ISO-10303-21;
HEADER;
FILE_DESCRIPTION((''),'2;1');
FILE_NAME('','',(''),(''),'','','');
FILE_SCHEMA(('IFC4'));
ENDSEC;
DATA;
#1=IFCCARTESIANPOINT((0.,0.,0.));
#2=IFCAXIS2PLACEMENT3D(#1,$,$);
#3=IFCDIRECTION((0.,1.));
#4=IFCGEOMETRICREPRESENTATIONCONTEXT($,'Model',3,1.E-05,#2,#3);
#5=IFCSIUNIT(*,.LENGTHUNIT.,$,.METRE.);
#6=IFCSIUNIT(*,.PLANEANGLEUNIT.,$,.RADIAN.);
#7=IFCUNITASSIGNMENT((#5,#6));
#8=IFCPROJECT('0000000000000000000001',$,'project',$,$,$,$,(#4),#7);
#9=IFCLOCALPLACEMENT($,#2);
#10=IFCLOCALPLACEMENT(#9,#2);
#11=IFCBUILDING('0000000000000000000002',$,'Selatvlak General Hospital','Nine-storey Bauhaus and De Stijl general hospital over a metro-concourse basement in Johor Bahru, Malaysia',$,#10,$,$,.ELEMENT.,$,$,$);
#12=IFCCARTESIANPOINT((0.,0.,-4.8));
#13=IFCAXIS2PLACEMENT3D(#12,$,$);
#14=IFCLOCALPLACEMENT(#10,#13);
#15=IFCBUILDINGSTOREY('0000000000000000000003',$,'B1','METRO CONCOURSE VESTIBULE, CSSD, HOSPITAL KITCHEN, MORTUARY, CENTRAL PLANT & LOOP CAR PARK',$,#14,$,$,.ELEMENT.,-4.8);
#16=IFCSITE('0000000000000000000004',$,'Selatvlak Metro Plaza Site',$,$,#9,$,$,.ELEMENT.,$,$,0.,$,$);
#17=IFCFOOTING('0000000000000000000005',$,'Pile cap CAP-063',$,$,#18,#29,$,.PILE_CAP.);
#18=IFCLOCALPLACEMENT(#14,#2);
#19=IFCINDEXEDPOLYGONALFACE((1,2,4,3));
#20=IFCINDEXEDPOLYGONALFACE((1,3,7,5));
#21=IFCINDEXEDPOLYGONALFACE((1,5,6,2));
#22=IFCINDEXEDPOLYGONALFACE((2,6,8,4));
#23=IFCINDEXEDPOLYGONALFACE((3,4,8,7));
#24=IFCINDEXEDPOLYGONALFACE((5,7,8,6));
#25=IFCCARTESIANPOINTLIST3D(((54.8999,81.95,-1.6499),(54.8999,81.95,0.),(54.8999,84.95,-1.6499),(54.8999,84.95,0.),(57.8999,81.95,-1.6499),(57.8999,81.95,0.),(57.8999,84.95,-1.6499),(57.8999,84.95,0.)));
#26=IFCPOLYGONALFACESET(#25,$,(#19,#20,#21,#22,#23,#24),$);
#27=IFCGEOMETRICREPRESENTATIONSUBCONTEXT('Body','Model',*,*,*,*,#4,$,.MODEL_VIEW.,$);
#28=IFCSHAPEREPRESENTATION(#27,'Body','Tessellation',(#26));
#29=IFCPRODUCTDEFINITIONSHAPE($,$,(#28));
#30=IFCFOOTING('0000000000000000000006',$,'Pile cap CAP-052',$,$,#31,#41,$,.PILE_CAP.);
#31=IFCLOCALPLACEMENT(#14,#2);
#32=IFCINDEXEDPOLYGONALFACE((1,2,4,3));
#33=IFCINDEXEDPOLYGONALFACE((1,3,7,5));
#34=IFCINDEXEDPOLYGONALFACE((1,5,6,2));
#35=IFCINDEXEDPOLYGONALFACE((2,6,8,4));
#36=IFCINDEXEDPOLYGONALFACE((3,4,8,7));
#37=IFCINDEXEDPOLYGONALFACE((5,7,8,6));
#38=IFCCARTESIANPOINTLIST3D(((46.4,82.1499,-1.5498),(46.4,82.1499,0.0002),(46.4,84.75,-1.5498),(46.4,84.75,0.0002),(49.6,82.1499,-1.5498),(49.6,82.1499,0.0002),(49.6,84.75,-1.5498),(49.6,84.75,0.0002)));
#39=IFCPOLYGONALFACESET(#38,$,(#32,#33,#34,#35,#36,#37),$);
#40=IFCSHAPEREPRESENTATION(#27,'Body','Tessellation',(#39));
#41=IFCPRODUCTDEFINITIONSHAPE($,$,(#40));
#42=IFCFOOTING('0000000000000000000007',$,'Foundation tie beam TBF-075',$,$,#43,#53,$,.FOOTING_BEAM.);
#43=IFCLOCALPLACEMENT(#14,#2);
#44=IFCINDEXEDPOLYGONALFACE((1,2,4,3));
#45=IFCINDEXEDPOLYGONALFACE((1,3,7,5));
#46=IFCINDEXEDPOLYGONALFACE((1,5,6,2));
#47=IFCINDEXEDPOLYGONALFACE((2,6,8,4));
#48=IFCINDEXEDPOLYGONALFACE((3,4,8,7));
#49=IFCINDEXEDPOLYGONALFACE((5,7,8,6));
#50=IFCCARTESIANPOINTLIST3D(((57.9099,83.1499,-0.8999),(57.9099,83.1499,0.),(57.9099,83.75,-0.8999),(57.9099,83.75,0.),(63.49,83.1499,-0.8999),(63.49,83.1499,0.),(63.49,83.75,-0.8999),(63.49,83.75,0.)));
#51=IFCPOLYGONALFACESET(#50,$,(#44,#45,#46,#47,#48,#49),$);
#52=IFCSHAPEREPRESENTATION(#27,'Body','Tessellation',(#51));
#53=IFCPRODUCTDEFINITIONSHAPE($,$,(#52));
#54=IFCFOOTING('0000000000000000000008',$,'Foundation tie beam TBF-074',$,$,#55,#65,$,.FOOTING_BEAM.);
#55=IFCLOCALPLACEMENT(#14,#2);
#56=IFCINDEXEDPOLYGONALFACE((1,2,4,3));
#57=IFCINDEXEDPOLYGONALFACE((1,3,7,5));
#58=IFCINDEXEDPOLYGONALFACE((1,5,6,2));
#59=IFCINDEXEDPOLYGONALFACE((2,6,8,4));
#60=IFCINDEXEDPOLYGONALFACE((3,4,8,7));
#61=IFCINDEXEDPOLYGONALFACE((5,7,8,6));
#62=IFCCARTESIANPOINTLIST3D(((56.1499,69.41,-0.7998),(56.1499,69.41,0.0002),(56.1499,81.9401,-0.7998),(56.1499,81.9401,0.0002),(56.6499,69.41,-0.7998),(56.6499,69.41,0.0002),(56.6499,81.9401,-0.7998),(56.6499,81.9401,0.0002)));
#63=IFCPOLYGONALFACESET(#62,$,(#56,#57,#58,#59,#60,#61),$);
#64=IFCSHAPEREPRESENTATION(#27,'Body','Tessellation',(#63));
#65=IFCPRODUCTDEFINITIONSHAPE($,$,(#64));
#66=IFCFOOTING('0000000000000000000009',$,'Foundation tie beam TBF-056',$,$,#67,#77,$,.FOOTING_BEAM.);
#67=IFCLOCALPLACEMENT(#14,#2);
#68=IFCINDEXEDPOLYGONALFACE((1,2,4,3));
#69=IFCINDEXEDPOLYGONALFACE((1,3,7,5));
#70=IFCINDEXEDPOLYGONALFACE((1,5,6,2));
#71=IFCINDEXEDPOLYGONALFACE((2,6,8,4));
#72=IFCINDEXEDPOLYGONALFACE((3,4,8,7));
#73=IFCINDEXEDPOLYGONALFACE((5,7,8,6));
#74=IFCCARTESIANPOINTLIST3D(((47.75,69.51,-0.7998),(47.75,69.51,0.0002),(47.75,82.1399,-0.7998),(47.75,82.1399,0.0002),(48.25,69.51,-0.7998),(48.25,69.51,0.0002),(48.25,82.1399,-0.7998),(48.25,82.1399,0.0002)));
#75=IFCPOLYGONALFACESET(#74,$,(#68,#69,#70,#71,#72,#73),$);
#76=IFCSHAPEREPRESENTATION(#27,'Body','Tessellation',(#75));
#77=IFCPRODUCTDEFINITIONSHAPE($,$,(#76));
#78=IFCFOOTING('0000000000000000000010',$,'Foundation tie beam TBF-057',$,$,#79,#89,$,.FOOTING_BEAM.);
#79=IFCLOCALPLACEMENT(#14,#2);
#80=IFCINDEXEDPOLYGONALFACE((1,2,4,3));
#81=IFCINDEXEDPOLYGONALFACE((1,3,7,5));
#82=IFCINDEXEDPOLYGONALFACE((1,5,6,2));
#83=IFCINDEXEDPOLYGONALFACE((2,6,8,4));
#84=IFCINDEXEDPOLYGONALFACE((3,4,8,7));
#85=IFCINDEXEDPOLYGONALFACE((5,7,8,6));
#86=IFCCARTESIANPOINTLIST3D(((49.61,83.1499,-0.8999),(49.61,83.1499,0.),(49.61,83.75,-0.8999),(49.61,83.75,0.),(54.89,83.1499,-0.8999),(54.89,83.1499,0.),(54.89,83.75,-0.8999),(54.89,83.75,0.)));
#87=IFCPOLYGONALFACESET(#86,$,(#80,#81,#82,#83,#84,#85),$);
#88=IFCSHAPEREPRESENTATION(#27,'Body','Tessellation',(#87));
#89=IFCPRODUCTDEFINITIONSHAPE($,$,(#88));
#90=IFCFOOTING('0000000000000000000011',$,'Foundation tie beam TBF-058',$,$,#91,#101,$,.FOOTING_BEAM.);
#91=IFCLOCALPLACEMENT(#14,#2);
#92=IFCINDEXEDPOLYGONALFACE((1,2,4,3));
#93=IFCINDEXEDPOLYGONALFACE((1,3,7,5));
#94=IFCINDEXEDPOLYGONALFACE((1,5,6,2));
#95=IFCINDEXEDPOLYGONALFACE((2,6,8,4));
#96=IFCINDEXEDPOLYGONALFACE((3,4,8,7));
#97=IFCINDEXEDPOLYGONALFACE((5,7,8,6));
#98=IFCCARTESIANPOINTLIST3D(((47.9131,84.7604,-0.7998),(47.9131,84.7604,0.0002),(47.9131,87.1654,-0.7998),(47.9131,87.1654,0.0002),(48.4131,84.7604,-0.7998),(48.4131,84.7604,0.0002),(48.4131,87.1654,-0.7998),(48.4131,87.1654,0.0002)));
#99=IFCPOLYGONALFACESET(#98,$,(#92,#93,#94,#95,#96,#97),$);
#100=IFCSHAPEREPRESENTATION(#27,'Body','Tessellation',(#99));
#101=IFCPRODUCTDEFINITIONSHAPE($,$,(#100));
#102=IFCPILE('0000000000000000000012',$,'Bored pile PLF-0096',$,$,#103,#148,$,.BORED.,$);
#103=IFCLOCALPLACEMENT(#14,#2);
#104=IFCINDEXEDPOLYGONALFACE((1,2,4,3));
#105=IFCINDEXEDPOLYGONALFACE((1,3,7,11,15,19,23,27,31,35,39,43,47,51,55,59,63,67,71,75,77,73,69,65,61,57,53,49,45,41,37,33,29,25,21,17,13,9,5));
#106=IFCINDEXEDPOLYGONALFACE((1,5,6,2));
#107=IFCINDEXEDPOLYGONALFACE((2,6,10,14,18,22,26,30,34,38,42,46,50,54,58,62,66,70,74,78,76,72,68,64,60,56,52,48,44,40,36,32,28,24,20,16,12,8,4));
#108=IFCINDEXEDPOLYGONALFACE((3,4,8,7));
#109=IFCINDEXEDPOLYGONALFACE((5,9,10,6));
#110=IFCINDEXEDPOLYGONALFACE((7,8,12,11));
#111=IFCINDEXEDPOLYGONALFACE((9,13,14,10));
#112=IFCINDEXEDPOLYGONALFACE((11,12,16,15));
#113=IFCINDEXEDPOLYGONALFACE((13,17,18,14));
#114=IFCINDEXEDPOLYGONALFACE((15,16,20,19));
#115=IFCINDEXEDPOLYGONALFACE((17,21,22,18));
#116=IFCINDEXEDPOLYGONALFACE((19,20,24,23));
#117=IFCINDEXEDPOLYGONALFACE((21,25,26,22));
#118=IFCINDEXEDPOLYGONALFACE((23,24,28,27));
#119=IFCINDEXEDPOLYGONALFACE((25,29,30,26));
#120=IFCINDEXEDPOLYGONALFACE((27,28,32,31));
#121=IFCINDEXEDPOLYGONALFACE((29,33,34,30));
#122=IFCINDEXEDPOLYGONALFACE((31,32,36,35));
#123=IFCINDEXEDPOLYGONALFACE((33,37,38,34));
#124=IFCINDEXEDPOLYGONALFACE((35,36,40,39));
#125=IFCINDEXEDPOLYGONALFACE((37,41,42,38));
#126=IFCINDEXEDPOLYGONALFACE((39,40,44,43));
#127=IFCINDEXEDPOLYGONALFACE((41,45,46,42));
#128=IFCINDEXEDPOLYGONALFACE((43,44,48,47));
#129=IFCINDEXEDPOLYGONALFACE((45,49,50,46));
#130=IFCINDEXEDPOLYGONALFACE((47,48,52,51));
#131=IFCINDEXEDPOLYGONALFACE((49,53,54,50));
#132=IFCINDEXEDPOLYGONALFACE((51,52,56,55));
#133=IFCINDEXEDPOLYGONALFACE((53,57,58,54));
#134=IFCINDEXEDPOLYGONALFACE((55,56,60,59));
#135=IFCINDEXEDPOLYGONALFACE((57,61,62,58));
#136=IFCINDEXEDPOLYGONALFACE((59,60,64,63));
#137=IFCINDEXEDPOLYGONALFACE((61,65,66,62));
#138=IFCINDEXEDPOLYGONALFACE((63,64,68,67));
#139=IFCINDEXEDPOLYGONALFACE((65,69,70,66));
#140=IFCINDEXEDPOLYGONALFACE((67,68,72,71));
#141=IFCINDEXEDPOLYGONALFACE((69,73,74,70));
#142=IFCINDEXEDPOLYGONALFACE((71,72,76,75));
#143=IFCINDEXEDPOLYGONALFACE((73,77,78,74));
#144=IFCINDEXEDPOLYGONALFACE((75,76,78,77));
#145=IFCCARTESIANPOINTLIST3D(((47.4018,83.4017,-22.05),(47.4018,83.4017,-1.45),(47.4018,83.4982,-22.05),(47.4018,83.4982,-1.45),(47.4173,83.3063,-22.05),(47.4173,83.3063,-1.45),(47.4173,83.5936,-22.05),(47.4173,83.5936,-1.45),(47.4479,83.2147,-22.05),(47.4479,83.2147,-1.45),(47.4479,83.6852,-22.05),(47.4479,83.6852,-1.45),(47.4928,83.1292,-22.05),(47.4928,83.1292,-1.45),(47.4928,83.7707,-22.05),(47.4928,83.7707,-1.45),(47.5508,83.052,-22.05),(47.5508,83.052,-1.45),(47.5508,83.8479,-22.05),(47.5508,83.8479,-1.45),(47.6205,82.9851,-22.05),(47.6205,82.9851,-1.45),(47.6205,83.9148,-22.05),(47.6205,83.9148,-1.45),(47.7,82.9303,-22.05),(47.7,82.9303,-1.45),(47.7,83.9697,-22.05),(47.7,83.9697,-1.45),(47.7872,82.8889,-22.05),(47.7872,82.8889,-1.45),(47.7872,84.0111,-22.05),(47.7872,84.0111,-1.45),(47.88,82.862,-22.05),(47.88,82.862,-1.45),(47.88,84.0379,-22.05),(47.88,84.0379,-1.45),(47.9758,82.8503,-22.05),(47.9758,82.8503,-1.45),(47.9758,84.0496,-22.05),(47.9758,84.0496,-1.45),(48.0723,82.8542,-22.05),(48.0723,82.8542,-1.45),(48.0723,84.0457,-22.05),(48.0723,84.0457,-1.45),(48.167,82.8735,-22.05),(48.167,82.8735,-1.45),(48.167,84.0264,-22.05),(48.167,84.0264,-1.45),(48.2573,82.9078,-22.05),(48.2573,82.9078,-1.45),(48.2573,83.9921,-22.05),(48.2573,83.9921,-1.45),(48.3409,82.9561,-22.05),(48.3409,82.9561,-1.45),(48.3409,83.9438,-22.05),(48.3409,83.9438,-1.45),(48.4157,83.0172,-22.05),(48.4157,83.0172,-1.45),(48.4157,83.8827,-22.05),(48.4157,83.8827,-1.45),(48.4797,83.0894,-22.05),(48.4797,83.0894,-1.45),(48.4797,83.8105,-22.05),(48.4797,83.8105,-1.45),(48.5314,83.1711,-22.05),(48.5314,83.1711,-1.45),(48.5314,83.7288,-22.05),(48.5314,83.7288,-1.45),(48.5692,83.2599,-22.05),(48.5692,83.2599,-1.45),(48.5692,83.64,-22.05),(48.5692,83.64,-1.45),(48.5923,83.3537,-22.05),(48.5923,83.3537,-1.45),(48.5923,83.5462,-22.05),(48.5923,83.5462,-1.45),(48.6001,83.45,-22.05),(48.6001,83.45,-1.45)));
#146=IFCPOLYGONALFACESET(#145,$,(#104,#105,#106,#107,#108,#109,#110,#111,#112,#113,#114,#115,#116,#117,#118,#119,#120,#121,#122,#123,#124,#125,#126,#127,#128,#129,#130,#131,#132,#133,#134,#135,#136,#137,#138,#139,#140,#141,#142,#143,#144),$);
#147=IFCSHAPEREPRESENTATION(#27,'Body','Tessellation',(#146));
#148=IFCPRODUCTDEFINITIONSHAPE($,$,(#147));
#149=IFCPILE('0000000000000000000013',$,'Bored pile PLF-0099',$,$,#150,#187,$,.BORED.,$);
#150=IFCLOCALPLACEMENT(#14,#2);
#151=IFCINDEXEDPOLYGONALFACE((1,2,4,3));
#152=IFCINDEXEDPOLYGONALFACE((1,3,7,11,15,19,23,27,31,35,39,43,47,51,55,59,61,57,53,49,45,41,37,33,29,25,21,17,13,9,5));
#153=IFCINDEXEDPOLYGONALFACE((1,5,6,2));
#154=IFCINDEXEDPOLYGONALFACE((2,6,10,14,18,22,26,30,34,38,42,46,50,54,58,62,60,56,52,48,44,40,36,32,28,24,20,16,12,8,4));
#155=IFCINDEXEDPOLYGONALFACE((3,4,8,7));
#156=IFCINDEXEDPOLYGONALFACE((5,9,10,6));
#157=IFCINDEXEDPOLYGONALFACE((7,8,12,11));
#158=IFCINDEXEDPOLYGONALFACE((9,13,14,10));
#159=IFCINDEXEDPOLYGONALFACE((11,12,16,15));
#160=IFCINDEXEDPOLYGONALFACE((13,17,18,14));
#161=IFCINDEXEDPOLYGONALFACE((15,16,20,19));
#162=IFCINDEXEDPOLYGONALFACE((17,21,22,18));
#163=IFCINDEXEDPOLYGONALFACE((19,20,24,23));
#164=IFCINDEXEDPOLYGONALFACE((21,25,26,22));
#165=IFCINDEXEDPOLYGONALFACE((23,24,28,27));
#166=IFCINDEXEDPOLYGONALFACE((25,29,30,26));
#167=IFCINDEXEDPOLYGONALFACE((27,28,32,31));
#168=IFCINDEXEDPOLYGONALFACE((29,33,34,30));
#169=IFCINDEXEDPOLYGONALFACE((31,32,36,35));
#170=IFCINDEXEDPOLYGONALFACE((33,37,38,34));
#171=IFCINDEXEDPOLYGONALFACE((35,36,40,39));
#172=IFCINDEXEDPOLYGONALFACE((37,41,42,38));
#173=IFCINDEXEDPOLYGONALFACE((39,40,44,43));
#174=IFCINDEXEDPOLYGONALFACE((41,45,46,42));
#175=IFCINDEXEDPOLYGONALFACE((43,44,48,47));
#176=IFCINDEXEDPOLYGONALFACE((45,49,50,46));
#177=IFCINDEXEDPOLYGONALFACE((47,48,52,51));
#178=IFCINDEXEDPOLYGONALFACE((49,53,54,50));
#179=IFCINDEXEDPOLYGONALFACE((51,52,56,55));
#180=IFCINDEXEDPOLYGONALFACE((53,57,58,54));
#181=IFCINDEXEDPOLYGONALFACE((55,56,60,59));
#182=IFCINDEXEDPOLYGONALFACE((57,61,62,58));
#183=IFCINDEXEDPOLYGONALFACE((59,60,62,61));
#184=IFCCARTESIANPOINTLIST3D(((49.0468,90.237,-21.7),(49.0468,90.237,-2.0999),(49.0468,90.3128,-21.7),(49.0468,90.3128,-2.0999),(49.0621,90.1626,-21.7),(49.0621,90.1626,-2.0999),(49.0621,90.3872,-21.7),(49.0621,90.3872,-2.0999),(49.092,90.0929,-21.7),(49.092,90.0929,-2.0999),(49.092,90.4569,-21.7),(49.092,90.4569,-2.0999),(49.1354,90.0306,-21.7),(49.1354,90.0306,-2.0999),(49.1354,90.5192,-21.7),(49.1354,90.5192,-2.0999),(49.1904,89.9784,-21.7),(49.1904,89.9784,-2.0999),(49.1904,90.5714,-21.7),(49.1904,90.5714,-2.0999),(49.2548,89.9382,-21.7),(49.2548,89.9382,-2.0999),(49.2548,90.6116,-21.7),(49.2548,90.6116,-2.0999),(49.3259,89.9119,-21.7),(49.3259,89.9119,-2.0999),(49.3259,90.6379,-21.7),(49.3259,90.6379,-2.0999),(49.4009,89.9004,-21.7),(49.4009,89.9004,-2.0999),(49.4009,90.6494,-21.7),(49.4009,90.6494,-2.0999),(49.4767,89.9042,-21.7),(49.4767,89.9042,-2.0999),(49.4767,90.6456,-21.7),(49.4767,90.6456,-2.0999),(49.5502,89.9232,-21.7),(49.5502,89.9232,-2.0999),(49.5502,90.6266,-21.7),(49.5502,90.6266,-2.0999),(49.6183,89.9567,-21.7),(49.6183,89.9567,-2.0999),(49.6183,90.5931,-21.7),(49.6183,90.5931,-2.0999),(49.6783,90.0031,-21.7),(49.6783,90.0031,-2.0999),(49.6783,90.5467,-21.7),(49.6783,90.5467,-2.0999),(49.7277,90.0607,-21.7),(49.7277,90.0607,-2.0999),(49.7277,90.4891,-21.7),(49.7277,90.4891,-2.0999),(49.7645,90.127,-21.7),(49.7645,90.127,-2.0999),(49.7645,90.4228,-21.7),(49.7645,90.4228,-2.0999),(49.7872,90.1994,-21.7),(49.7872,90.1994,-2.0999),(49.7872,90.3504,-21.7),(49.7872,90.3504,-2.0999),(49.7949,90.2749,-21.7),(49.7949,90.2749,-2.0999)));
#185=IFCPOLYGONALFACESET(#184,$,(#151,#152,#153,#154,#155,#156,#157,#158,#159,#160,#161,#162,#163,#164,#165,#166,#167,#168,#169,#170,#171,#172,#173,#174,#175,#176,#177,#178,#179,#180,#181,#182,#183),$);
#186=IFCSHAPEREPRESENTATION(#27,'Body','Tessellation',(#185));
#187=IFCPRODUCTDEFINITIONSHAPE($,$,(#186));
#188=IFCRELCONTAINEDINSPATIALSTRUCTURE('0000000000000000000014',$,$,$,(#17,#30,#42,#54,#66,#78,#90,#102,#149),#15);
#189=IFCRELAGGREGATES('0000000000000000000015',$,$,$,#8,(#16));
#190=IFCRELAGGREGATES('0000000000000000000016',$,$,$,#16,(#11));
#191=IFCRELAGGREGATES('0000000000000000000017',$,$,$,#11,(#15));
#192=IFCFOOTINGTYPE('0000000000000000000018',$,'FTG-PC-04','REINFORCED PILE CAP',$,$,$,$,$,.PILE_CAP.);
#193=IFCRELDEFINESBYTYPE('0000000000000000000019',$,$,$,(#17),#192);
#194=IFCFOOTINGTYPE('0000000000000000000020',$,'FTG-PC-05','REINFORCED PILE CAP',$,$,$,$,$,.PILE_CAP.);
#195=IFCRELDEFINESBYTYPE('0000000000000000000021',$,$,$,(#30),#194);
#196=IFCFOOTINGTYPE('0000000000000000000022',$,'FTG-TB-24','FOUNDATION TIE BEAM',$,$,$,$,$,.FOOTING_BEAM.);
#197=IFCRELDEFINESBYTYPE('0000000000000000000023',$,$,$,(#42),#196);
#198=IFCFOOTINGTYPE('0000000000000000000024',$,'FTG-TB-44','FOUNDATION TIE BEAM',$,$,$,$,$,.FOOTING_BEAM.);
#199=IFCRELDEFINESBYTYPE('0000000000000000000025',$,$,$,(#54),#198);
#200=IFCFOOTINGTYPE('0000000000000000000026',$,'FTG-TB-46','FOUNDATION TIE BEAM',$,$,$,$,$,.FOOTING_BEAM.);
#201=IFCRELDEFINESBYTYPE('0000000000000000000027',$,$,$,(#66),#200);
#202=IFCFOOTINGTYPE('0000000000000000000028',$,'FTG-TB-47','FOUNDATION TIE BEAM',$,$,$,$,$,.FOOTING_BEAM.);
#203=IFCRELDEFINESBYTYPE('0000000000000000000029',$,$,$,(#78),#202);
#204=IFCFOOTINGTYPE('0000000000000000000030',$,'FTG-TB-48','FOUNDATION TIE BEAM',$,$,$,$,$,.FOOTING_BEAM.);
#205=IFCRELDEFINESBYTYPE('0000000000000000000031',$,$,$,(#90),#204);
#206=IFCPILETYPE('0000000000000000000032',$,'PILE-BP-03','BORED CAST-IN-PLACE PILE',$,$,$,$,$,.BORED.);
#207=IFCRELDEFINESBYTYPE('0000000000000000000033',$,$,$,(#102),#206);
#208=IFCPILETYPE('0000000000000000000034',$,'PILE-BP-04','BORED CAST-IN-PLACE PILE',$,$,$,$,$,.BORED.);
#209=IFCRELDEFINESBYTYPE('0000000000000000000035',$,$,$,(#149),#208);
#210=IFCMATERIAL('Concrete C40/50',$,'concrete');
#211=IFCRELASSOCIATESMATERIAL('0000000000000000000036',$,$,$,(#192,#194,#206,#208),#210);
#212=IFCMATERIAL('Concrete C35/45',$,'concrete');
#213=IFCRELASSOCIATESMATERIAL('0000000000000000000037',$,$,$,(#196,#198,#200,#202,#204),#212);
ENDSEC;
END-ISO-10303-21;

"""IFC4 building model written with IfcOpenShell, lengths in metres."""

from ifc_helpers import new_model, si_unit, direction, frame, origin, origin_2d, place, context, subcontext, project, spatial, rectangle, circle, extrude, material, material_profile, profile_set, type_object, element, save


model = new_model("IFC4")

# Units and contexts
model_context = context("Model", 3, precision=1e-05, world=origin(), true_north=direction((0.0, 1.0)))
body_context = subcontext(model_context, "Body", "Model", "MODEL_VIEW")
ifc_project = project(units=[si_unit("LENGTHUNIT", "METRE"), si_unit("PLANEANGLEUNIT", "RADIAN")], contexts=[model_context])

# Site, building, storey
site_placement = place(None, origin())
site = spatial("IfcSite", under=ifc_project, at=site_placement, Name="Selatvlak Metro Plaza Site", CompositionType="ELEMENT", RefElevation=0.0)
building_placement = place(site_placement, origin())
building = spatial("IfcBuilding", under=site, at=building_placement, Name="Selatvlak General Hospital", Description="Nine-storey Bauhaus and De Stijl general hospital over a metro-concourse basement in Johor Bahru, Malaysia", CompositionType="ELEMENT")
storey_placement = place(building_placement, frame((0.0, 0.0, -4.8)))
storey = spatial("IfcBuildingStorey", under=building, at=storey_placement, Name="B1", Description="METRO CONCOURSE VESTIBULE, CSSD, HOSPITAL KITCHEN, MORTUARY, CENTRAL PLANT & LOOP CAR PARK", CompositionType="ELEMENT", Elevation=-4.8)

# Footings
ifc_material_1 = material(Name="Concrete C40/50", Category="concrete")
footing_type_1 = type_object("IfcFootingType", Name="FTG-PC-04", Description="REINFORCED PILE CAP", PredefinedType="PILE_CAP", material=ifc_material_1)
footing_1_placement = place(storey_placement, frame((56.3999, 83.45, -1.6499), z_axis=(0.0, 0.0, 1.0), x_axis=(1.0, 0.0, 0.0)))
element("IfcFooting", 1, at=footing_1_placement, inside=storey, type_object=footing_type_1, Name="Pile cap CAP-063", PredefinedType="PILE_CAP", context=body_context, shape_type="SweptSolid", body=[
    extrude(rectangle(XDim=3.0, YDim=3.0, at=origin_2d()), origin(), (0.0, 0.0, 1.0), 1.6499),
])
footing_type_2 = type_object("IfcFootingType", Name="FTG-PC-05", Description="REINFORCED PILE CAP", PredefinedType="PILE_CAP", material=ifc_material_1)
footing_2_placement = place(storey_placement, frame((48.0, 83.45, -1.5498), z_axis=(0.0, 0.0, 1.0), x_axis=(1.0, 0.0, 0.0)))
element("IfcFooting", 2, at=footing_2_placement, inside=storey, type_object=footing_type_2, Name="Pile cap CAP-052", PredefinedType="PILE_CAP", context=body_context, shape_type="SweptSolid", body=[
    extrude(rectangle(XDim=3.2, YDim=2.6001, at=origin_2d()), origin(), (0.0, 0.0, 1.0), 1.55),
])
ifc_material_2 = material(Name="Concrete C35/45", Category="concrete")
footing_type_3 = type_object("IfcFootingType", Name="FTG-TB-24", Description="FOUNDATION TIE BEAM", PredefinedType="FOOTING_BEAM", material=ifc_material_2)
footing_3_placement = place(storey_placement, frame((60.7, 83.45, -0.8999), z_axis=(0.0, 0.0, 1.0), x_axis=(1.0, 0.0, 0.0)))
element("IfcFooting", 3, at=footing_3_placement, inside=storey, type_object=footing_type_3, Name="Foundation tie beam TBF-075", PredefinedType="FOOTING_BEAM", context=body_context, shape_type="SweptSolid", body=[
    extrude(rectangle(XDim=5.5801, YDim=0.6001, at=origin_2d()), origin(), (0.0, 0.0, 1.0), 0.8999),
])
footing_type_4 = type_object("IfcFootingType", Name="FTG-TB-44", Description="FOUNDATION TIE BEAM", PredefinedType="FOOTING_BEAM", material=ifc_material_2)
footing_4_placement = place(storey_placement, frame((56.3999, 75.675, -0.7998), z_axis=(0.0, 0.0, 1.0), x_axis=(0.0, 1.0, 0.0)))
element("IfcFooting", 4, at=footing_4_placement, inside=storey, type_object=footing_type_4, Name="Foundation tie beam TBF-074", PredefinedType="FOOTING_BEAM", context=body_context, shape_type="SweptSolid", body=[
    extrude(rectangle(XDim=12.53, YDim=0.5, at=origin_2d()), origin(), (0.0, 0.0, 1.0), 0.8),
])
footing_type_5 = type_object("IfcFootingType", Name="FTG-TB-46", Description="FOUNDATION TIE BEAM", PredefinedType="FOOTING_BEAM", material=ifc_material_2)
footing_5_placement = place(storey_placement, frame((48.0, 75.825, -0.7998), z_axis=(0.0, 0.0, 1.0), x_axis=(0.0, 1.0, 0.0)))
element("IfcFooting", 5, at=footing_5_placement, inside=storey, type_object=footing_type_5, Name="Foundation tie beam TBF-056", PredefinedType="FOOTING_BEAM", context=body_context, shape_type="SweptSolid", body=[
    extrude(rectangle(XDim=12.6299, YDim=0.5, at=origin_2d()), origin(), (0.0, 0.0, 1.0), 0.8),
])
footing_type_6 = type_object("IfcFootingType", Name="FTG-TB-47", Description="FOUNDATION TIE BEAM", PredefinedType="FOOTING_BEAM", material=ifc_material_2)
footing_6_placement = place(storey_placement, frame((52.25, 83.45, -0.8999), z_axis=(0.0, 0.0, 1.0), x_axis=(1.0, 0.0, 0.0)))
element("IfcFooting", 6, at=footing_6_placement, inside=storey, type_object=footing_type_6, Name="Foundation tie beam TBF-057", PredefinedType="FOOTING_BEAM", context=body_context, shape_type="SweptSolid", body=[
    extrude(rectangle(XDim=5.28, YDim=0.6001, at=origin_2d()), origin(), (0.0, 0.0, 1.0), 0.8999),
])
footing_type_7 = type_object("IfcFootingType", Name="FTG-TB-48", Description="FOUNDATION TIE BEAM", PredefinedType="FOOTING_BEAM", material=ifc_material_2)
footing_7_placement = place(storey_placement, frame((48.1631, 85.9629, -0.7998), z_axis=(0.0, 0.0, 1.0), x_axis=(0.0, 1.0, 0.0)))
element("IfcFooting", 7, at=footing_7_placement, inside=storey, type_object=footing_type_7, Name="Foundation tie beam TBF-058", PredefinedType="FOOTING_BEAM", context=body_context, shape_type="SweptSolid", body=[
    extrude(rectangle(XDim=2.405, YDim=0.5, at=origin_2d()), origin(), (0.0, 0.0, 1.0), 0.8),
])

# Piles
ifc_material_profile_1 = material_profile(ifc_material_1, circle(Radius=0.6001, at=origin_2d()), Name="BORED PILE 1200")
ifc_profile_set_1 = profile_set([ifc_material_profile_1], Name="Concrete C40/50")
pile_type_1 = type_object("IfcPileType", Name="PILE-BP-03", Description="BORED CAST-IN-PLACE PILE", PredefinedType="BORED", material=ifc_profile_set_1)
pile_1_placement = place(storey_placement, frame((48.0, 83.45, -1.45), z_axis=(0.0, 0.0, -1.0), x_axis=(1.0, 0.0, 0.0)))
element("IfcPile", 8, at=pile_1_placement, inside=storey, type_object=pile_type_1, Name="Bored pile PLF-0096", PredefinedType="BORED", context=body_context, shape_type="SweptSolid", body=[
    extrude(circle(Radius=0.6001, at=origin_2d()), origin(), (0.0, 0.0, 1.0), 20.6001),
])
ifc_material_profile_2 = material_profile(ifc_material_1, circle(Radius=0.375, at=origin_2d()), Name="BORED PILE 750")
ifc_profile_set_2 = profile_set([ifc_material_profile_2], Name="Concrete C40/50")
pile_type_2 = type_object("IfcPileType", Name="PILE-BP-04", Description="BORED CAST-IN-PLACE PILE", PredefinedType="BORED", material=ifc_profile_set_2)
for number, where, z_axis, x_axis, name in (
    (9, (49.4199, 90.2749, -2.0999), (0.0, 0.0, -1.0), (1.0, 0.0, 0.0), "Bored pile PLF-0099"),
):
    element("IfcPile", number, at=place(storey_placement, frame(where, z_axis=z_axis, x_axis=x_axis)), inside=storey, type_object=pile_type_2, Name=name, PredefinedType="BORED", context=body_context, shape_type="SweptSolid", body=[
        extrude(circle(Radius=0.375, at=origin_2d()), origin(), (0.0, 0.0, 1.0), 19.6001),
    ])

save(model, "model.ifc")
